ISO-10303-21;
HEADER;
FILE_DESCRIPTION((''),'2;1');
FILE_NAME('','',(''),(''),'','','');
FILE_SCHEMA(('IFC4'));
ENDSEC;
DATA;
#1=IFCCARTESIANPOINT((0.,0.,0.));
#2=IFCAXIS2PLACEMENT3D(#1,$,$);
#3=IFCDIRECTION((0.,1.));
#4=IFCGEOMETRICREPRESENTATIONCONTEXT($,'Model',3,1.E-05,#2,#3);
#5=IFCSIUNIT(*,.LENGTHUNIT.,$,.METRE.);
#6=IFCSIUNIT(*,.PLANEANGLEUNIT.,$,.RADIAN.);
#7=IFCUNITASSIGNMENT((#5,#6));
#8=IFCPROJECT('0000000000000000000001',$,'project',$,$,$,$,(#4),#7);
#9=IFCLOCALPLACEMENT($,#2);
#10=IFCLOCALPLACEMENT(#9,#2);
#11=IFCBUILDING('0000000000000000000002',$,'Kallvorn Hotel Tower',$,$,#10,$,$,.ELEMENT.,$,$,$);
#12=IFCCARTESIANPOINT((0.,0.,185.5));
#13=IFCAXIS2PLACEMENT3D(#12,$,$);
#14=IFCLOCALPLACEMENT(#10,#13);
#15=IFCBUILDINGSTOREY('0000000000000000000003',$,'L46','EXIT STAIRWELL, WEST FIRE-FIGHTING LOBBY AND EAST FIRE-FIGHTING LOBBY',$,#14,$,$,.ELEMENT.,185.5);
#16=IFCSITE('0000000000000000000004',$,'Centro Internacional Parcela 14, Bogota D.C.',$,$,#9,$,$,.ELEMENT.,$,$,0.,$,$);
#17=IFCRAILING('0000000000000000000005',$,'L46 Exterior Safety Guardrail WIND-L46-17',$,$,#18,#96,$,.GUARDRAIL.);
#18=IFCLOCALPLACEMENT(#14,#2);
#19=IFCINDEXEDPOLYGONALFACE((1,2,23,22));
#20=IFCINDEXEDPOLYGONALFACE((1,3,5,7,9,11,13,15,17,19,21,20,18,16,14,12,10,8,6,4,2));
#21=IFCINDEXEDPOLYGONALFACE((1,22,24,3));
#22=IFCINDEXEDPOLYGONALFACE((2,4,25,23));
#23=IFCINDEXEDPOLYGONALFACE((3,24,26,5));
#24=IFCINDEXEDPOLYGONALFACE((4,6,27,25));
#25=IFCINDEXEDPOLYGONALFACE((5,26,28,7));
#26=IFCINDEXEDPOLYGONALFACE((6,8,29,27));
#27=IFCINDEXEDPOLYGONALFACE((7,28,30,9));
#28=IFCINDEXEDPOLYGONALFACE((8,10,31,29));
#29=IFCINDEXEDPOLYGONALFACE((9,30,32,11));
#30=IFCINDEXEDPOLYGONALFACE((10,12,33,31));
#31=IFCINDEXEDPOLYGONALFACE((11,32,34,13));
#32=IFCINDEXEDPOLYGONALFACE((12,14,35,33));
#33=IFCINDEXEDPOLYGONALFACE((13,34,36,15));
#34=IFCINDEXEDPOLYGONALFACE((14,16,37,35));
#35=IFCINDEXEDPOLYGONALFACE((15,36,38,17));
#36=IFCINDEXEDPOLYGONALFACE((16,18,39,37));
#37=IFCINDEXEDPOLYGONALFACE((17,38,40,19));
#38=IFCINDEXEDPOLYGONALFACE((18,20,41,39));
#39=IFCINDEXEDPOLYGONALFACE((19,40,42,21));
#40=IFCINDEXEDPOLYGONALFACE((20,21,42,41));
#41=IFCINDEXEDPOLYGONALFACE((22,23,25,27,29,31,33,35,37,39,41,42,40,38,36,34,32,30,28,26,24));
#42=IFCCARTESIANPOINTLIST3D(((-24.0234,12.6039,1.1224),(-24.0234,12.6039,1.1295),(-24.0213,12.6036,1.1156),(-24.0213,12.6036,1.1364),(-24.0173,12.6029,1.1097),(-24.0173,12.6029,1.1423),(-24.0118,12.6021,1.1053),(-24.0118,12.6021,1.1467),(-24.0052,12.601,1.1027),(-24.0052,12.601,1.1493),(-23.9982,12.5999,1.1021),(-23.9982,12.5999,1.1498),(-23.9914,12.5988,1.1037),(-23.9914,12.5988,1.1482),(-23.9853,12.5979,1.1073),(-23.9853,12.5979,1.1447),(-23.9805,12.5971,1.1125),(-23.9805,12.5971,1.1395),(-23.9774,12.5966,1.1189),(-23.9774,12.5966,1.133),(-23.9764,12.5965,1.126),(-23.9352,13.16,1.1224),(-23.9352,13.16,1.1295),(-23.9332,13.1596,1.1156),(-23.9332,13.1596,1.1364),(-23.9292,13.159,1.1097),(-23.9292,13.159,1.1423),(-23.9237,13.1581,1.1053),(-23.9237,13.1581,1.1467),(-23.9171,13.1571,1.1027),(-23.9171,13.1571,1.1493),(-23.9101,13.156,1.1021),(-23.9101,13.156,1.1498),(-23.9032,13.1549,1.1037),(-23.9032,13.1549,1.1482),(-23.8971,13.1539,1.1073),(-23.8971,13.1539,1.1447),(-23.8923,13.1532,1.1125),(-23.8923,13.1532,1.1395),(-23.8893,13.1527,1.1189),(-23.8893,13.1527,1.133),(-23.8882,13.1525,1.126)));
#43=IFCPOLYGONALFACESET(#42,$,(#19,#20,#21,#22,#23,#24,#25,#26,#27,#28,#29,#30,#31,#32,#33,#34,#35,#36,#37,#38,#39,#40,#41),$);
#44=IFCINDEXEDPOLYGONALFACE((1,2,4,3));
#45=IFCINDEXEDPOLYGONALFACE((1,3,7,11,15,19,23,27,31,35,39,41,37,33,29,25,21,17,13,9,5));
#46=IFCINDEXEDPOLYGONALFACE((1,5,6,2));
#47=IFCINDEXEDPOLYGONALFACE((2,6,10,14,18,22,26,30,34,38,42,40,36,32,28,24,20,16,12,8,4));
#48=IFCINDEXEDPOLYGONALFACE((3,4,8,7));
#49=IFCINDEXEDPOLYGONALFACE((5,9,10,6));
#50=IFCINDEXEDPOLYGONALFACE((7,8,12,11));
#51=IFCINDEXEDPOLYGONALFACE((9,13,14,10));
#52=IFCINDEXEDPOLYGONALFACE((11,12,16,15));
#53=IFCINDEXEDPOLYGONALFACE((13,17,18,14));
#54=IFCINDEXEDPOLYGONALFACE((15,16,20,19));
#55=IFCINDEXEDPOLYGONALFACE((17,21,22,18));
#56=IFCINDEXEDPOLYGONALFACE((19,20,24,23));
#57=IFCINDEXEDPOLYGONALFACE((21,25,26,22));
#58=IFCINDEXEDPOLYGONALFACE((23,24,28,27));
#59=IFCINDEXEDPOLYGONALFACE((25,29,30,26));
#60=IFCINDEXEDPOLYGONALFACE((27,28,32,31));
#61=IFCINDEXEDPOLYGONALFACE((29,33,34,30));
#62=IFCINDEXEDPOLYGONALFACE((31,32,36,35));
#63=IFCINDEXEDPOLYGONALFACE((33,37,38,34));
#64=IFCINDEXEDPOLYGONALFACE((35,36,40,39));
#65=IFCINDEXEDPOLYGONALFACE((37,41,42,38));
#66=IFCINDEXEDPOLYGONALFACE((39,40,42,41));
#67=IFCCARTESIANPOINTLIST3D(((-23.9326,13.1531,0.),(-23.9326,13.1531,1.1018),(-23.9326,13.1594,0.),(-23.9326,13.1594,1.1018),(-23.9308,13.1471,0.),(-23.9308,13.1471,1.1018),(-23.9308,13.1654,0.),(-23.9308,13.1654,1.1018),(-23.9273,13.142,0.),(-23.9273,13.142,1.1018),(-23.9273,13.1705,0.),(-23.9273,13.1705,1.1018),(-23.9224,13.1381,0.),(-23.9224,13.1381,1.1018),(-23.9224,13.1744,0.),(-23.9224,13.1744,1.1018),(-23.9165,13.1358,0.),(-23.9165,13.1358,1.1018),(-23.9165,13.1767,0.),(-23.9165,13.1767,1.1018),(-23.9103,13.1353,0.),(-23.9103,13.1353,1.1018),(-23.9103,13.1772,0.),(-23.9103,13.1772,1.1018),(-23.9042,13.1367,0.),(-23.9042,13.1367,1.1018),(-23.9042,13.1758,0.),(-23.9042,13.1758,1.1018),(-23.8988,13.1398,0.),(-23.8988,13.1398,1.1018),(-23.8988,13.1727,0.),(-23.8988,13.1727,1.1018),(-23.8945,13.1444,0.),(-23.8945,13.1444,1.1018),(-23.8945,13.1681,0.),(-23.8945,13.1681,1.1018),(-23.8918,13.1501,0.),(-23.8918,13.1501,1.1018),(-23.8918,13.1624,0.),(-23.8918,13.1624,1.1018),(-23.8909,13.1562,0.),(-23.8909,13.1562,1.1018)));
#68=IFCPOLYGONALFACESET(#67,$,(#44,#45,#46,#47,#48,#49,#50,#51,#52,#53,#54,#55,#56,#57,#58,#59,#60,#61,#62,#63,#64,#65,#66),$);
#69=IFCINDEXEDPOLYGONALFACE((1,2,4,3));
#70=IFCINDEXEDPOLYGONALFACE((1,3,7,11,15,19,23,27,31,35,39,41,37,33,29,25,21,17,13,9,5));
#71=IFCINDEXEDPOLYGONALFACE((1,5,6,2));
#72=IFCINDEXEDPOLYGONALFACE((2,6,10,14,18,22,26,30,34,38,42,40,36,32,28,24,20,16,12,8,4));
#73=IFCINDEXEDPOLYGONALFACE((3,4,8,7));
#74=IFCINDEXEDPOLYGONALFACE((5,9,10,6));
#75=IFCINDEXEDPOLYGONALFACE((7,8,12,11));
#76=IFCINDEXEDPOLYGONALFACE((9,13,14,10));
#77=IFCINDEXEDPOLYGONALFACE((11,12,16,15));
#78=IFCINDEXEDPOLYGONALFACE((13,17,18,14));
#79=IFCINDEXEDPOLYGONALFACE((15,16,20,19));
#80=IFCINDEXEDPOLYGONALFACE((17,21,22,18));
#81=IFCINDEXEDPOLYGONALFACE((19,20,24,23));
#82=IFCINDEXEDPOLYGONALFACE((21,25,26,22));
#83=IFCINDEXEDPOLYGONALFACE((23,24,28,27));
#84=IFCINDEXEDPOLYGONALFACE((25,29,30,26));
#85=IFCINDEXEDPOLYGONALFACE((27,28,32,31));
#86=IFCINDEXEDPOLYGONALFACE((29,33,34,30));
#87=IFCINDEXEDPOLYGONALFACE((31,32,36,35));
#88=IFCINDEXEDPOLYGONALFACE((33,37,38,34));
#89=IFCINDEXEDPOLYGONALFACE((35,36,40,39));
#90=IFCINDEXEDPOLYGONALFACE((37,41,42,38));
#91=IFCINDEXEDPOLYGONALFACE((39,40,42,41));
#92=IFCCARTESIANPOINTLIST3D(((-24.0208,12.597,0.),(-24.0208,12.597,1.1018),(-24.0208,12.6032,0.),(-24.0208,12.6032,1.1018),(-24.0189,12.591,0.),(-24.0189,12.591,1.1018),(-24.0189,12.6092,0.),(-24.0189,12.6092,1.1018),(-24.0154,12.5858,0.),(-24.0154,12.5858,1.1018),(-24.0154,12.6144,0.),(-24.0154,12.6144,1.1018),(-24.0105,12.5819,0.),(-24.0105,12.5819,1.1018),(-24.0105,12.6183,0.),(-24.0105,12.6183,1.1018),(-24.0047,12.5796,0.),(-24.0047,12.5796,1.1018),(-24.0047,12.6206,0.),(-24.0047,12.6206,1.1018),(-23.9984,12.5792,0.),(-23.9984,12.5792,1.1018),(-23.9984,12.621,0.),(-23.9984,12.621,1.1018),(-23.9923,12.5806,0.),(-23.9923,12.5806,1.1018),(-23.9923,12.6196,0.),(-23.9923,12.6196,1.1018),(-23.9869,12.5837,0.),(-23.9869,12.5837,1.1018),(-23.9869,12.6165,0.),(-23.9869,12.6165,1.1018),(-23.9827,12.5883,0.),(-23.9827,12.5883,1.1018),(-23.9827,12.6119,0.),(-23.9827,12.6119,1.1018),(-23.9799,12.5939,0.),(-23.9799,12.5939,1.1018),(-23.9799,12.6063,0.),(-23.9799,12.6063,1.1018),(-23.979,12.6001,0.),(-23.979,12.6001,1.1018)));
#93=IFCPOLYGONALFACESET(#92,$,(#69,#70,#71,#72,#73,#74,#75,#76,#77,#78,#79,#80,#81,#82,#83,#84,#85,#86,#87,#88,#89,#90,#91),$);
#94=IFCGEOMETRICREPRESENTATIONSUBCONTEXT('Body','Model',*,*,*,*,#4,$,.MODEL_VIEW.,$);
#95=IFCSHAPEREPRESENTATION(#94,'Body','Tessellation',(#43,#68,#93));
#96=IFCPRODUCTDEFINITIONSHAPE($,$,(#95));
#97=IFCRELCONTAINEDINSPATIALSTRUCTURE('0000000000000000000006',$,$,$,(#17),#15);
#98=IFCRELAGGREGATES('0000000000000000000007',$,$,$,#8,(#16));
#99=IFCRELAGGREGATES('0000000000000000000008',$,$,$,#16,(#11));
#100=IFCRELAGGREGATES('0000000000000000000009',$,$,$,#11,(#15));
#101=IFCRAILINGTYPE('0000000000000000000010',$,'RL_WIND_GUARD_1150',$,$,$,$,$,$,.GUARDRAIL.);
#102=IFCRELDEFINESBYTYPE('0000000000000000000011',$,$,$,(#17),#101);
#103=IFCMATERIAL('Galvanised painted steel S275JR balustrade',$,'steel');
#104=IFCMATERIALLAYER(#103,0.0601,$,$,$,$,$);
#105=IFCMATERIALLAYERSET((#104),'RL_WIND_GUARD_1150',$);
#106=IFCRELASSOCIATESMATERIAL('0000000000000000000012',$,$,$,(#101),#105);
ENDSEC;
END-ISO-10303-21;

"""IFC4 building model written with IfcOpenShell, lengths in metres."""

from ifc_helpers import new_model, si_unit, direction, frame, origin, origin_2d, place, context, subcontext, project, spatial, circle, extrude, material, layer, layer_set, type_object, element, save


model = new_model("IFC4")

# Units and contexts
model_context = context("Model", 3, precision=1e-05, world=origin(), true_north=direction((0.0, 1.0)))
body_context = subcontext(model_context, "Body", "Model", "MODEL_VIEW")
ifc_project = project(units=[si_unit("LENGTHUNIT", "METRE"), si_unit("PLANEANGLEUNIT", "RADIAN")], contexts=[model_context])

# Site, building, storey
site_placement = place(None, origin())
site = spatial("IfcSite", under=ifc_project, at=site_placement, Name="Centro Internacional Parcela 14, Bogota D.C.", CompositionType="ELEMENT", RefElevation=0.0)
building_placement = place(site_placement, origin())
building = spatial("IfcBuilding", under=site, at=building_placement, Name="Kallvorn Hotel Tower", CompositionType="ELEMENT")
storey_placement = place(building_placement, frame((0.0, 0.0, 185.5)))
storey = spatial("IfcBuildingStorey", under=building, at=storey_placement, Name="L46", Description="EXIT STAIRWELL, WEST FIRE-FIGHTING LOBBY AND EAST FIRE-FIGHTING LOBBY", CompositionType="ELEMENT", Elevation=185.5)

# Railing
ifc_material_1 = material(Name="Galvanised painted steel S275JR balustrade", Category="steel")
ifc_layer_1 = layer(ifc_material_1, 0.0601)
ifc_layer_set_1 = layer_set([ifc_layer_1], Name="RL_WIND_GUARD_1150")
railing_type = type_object("IfcRailingType", Name="RL_WIND_GUARD_1150", PredefinedType="GUARDRAIL", material=ifc_layer_set_1)
railing_1_placement = place(storey_placement, frame((-23.9119, 13.1562, 0.0)))
element("IfcRailing", 1, at=railing_1_placement, inside=storey, type_object=railing_type, Name="L46 Exterior Safety Guardrail WIND-L46-17", PredefinedType="GUARDRAIL", context=body_context, shape_type="SweptSolid", body=[
    extrude(circle(Radius=0.0239, at=origin_2d()), frame((0.0, 0.0, 1.126), z_axis=(-0.156519, -0.987675, 0.0), x_axis=(0.987675, -0.156519, 0.0)), (0.0, 0.0, 1.0), 0.563),
    extrude(circle(Radius=0.021, at=origin_2d()), origin(), (0.0, 0.0, 1.0), 1.1018),
    extrude(circle(Radius=0.021, at=origin_2d()), frame((-0.0881, -0.5562, 0.0)), (0.0, 0.0, 1.0), 1.1018),
])

save(model, "model.ifc")
